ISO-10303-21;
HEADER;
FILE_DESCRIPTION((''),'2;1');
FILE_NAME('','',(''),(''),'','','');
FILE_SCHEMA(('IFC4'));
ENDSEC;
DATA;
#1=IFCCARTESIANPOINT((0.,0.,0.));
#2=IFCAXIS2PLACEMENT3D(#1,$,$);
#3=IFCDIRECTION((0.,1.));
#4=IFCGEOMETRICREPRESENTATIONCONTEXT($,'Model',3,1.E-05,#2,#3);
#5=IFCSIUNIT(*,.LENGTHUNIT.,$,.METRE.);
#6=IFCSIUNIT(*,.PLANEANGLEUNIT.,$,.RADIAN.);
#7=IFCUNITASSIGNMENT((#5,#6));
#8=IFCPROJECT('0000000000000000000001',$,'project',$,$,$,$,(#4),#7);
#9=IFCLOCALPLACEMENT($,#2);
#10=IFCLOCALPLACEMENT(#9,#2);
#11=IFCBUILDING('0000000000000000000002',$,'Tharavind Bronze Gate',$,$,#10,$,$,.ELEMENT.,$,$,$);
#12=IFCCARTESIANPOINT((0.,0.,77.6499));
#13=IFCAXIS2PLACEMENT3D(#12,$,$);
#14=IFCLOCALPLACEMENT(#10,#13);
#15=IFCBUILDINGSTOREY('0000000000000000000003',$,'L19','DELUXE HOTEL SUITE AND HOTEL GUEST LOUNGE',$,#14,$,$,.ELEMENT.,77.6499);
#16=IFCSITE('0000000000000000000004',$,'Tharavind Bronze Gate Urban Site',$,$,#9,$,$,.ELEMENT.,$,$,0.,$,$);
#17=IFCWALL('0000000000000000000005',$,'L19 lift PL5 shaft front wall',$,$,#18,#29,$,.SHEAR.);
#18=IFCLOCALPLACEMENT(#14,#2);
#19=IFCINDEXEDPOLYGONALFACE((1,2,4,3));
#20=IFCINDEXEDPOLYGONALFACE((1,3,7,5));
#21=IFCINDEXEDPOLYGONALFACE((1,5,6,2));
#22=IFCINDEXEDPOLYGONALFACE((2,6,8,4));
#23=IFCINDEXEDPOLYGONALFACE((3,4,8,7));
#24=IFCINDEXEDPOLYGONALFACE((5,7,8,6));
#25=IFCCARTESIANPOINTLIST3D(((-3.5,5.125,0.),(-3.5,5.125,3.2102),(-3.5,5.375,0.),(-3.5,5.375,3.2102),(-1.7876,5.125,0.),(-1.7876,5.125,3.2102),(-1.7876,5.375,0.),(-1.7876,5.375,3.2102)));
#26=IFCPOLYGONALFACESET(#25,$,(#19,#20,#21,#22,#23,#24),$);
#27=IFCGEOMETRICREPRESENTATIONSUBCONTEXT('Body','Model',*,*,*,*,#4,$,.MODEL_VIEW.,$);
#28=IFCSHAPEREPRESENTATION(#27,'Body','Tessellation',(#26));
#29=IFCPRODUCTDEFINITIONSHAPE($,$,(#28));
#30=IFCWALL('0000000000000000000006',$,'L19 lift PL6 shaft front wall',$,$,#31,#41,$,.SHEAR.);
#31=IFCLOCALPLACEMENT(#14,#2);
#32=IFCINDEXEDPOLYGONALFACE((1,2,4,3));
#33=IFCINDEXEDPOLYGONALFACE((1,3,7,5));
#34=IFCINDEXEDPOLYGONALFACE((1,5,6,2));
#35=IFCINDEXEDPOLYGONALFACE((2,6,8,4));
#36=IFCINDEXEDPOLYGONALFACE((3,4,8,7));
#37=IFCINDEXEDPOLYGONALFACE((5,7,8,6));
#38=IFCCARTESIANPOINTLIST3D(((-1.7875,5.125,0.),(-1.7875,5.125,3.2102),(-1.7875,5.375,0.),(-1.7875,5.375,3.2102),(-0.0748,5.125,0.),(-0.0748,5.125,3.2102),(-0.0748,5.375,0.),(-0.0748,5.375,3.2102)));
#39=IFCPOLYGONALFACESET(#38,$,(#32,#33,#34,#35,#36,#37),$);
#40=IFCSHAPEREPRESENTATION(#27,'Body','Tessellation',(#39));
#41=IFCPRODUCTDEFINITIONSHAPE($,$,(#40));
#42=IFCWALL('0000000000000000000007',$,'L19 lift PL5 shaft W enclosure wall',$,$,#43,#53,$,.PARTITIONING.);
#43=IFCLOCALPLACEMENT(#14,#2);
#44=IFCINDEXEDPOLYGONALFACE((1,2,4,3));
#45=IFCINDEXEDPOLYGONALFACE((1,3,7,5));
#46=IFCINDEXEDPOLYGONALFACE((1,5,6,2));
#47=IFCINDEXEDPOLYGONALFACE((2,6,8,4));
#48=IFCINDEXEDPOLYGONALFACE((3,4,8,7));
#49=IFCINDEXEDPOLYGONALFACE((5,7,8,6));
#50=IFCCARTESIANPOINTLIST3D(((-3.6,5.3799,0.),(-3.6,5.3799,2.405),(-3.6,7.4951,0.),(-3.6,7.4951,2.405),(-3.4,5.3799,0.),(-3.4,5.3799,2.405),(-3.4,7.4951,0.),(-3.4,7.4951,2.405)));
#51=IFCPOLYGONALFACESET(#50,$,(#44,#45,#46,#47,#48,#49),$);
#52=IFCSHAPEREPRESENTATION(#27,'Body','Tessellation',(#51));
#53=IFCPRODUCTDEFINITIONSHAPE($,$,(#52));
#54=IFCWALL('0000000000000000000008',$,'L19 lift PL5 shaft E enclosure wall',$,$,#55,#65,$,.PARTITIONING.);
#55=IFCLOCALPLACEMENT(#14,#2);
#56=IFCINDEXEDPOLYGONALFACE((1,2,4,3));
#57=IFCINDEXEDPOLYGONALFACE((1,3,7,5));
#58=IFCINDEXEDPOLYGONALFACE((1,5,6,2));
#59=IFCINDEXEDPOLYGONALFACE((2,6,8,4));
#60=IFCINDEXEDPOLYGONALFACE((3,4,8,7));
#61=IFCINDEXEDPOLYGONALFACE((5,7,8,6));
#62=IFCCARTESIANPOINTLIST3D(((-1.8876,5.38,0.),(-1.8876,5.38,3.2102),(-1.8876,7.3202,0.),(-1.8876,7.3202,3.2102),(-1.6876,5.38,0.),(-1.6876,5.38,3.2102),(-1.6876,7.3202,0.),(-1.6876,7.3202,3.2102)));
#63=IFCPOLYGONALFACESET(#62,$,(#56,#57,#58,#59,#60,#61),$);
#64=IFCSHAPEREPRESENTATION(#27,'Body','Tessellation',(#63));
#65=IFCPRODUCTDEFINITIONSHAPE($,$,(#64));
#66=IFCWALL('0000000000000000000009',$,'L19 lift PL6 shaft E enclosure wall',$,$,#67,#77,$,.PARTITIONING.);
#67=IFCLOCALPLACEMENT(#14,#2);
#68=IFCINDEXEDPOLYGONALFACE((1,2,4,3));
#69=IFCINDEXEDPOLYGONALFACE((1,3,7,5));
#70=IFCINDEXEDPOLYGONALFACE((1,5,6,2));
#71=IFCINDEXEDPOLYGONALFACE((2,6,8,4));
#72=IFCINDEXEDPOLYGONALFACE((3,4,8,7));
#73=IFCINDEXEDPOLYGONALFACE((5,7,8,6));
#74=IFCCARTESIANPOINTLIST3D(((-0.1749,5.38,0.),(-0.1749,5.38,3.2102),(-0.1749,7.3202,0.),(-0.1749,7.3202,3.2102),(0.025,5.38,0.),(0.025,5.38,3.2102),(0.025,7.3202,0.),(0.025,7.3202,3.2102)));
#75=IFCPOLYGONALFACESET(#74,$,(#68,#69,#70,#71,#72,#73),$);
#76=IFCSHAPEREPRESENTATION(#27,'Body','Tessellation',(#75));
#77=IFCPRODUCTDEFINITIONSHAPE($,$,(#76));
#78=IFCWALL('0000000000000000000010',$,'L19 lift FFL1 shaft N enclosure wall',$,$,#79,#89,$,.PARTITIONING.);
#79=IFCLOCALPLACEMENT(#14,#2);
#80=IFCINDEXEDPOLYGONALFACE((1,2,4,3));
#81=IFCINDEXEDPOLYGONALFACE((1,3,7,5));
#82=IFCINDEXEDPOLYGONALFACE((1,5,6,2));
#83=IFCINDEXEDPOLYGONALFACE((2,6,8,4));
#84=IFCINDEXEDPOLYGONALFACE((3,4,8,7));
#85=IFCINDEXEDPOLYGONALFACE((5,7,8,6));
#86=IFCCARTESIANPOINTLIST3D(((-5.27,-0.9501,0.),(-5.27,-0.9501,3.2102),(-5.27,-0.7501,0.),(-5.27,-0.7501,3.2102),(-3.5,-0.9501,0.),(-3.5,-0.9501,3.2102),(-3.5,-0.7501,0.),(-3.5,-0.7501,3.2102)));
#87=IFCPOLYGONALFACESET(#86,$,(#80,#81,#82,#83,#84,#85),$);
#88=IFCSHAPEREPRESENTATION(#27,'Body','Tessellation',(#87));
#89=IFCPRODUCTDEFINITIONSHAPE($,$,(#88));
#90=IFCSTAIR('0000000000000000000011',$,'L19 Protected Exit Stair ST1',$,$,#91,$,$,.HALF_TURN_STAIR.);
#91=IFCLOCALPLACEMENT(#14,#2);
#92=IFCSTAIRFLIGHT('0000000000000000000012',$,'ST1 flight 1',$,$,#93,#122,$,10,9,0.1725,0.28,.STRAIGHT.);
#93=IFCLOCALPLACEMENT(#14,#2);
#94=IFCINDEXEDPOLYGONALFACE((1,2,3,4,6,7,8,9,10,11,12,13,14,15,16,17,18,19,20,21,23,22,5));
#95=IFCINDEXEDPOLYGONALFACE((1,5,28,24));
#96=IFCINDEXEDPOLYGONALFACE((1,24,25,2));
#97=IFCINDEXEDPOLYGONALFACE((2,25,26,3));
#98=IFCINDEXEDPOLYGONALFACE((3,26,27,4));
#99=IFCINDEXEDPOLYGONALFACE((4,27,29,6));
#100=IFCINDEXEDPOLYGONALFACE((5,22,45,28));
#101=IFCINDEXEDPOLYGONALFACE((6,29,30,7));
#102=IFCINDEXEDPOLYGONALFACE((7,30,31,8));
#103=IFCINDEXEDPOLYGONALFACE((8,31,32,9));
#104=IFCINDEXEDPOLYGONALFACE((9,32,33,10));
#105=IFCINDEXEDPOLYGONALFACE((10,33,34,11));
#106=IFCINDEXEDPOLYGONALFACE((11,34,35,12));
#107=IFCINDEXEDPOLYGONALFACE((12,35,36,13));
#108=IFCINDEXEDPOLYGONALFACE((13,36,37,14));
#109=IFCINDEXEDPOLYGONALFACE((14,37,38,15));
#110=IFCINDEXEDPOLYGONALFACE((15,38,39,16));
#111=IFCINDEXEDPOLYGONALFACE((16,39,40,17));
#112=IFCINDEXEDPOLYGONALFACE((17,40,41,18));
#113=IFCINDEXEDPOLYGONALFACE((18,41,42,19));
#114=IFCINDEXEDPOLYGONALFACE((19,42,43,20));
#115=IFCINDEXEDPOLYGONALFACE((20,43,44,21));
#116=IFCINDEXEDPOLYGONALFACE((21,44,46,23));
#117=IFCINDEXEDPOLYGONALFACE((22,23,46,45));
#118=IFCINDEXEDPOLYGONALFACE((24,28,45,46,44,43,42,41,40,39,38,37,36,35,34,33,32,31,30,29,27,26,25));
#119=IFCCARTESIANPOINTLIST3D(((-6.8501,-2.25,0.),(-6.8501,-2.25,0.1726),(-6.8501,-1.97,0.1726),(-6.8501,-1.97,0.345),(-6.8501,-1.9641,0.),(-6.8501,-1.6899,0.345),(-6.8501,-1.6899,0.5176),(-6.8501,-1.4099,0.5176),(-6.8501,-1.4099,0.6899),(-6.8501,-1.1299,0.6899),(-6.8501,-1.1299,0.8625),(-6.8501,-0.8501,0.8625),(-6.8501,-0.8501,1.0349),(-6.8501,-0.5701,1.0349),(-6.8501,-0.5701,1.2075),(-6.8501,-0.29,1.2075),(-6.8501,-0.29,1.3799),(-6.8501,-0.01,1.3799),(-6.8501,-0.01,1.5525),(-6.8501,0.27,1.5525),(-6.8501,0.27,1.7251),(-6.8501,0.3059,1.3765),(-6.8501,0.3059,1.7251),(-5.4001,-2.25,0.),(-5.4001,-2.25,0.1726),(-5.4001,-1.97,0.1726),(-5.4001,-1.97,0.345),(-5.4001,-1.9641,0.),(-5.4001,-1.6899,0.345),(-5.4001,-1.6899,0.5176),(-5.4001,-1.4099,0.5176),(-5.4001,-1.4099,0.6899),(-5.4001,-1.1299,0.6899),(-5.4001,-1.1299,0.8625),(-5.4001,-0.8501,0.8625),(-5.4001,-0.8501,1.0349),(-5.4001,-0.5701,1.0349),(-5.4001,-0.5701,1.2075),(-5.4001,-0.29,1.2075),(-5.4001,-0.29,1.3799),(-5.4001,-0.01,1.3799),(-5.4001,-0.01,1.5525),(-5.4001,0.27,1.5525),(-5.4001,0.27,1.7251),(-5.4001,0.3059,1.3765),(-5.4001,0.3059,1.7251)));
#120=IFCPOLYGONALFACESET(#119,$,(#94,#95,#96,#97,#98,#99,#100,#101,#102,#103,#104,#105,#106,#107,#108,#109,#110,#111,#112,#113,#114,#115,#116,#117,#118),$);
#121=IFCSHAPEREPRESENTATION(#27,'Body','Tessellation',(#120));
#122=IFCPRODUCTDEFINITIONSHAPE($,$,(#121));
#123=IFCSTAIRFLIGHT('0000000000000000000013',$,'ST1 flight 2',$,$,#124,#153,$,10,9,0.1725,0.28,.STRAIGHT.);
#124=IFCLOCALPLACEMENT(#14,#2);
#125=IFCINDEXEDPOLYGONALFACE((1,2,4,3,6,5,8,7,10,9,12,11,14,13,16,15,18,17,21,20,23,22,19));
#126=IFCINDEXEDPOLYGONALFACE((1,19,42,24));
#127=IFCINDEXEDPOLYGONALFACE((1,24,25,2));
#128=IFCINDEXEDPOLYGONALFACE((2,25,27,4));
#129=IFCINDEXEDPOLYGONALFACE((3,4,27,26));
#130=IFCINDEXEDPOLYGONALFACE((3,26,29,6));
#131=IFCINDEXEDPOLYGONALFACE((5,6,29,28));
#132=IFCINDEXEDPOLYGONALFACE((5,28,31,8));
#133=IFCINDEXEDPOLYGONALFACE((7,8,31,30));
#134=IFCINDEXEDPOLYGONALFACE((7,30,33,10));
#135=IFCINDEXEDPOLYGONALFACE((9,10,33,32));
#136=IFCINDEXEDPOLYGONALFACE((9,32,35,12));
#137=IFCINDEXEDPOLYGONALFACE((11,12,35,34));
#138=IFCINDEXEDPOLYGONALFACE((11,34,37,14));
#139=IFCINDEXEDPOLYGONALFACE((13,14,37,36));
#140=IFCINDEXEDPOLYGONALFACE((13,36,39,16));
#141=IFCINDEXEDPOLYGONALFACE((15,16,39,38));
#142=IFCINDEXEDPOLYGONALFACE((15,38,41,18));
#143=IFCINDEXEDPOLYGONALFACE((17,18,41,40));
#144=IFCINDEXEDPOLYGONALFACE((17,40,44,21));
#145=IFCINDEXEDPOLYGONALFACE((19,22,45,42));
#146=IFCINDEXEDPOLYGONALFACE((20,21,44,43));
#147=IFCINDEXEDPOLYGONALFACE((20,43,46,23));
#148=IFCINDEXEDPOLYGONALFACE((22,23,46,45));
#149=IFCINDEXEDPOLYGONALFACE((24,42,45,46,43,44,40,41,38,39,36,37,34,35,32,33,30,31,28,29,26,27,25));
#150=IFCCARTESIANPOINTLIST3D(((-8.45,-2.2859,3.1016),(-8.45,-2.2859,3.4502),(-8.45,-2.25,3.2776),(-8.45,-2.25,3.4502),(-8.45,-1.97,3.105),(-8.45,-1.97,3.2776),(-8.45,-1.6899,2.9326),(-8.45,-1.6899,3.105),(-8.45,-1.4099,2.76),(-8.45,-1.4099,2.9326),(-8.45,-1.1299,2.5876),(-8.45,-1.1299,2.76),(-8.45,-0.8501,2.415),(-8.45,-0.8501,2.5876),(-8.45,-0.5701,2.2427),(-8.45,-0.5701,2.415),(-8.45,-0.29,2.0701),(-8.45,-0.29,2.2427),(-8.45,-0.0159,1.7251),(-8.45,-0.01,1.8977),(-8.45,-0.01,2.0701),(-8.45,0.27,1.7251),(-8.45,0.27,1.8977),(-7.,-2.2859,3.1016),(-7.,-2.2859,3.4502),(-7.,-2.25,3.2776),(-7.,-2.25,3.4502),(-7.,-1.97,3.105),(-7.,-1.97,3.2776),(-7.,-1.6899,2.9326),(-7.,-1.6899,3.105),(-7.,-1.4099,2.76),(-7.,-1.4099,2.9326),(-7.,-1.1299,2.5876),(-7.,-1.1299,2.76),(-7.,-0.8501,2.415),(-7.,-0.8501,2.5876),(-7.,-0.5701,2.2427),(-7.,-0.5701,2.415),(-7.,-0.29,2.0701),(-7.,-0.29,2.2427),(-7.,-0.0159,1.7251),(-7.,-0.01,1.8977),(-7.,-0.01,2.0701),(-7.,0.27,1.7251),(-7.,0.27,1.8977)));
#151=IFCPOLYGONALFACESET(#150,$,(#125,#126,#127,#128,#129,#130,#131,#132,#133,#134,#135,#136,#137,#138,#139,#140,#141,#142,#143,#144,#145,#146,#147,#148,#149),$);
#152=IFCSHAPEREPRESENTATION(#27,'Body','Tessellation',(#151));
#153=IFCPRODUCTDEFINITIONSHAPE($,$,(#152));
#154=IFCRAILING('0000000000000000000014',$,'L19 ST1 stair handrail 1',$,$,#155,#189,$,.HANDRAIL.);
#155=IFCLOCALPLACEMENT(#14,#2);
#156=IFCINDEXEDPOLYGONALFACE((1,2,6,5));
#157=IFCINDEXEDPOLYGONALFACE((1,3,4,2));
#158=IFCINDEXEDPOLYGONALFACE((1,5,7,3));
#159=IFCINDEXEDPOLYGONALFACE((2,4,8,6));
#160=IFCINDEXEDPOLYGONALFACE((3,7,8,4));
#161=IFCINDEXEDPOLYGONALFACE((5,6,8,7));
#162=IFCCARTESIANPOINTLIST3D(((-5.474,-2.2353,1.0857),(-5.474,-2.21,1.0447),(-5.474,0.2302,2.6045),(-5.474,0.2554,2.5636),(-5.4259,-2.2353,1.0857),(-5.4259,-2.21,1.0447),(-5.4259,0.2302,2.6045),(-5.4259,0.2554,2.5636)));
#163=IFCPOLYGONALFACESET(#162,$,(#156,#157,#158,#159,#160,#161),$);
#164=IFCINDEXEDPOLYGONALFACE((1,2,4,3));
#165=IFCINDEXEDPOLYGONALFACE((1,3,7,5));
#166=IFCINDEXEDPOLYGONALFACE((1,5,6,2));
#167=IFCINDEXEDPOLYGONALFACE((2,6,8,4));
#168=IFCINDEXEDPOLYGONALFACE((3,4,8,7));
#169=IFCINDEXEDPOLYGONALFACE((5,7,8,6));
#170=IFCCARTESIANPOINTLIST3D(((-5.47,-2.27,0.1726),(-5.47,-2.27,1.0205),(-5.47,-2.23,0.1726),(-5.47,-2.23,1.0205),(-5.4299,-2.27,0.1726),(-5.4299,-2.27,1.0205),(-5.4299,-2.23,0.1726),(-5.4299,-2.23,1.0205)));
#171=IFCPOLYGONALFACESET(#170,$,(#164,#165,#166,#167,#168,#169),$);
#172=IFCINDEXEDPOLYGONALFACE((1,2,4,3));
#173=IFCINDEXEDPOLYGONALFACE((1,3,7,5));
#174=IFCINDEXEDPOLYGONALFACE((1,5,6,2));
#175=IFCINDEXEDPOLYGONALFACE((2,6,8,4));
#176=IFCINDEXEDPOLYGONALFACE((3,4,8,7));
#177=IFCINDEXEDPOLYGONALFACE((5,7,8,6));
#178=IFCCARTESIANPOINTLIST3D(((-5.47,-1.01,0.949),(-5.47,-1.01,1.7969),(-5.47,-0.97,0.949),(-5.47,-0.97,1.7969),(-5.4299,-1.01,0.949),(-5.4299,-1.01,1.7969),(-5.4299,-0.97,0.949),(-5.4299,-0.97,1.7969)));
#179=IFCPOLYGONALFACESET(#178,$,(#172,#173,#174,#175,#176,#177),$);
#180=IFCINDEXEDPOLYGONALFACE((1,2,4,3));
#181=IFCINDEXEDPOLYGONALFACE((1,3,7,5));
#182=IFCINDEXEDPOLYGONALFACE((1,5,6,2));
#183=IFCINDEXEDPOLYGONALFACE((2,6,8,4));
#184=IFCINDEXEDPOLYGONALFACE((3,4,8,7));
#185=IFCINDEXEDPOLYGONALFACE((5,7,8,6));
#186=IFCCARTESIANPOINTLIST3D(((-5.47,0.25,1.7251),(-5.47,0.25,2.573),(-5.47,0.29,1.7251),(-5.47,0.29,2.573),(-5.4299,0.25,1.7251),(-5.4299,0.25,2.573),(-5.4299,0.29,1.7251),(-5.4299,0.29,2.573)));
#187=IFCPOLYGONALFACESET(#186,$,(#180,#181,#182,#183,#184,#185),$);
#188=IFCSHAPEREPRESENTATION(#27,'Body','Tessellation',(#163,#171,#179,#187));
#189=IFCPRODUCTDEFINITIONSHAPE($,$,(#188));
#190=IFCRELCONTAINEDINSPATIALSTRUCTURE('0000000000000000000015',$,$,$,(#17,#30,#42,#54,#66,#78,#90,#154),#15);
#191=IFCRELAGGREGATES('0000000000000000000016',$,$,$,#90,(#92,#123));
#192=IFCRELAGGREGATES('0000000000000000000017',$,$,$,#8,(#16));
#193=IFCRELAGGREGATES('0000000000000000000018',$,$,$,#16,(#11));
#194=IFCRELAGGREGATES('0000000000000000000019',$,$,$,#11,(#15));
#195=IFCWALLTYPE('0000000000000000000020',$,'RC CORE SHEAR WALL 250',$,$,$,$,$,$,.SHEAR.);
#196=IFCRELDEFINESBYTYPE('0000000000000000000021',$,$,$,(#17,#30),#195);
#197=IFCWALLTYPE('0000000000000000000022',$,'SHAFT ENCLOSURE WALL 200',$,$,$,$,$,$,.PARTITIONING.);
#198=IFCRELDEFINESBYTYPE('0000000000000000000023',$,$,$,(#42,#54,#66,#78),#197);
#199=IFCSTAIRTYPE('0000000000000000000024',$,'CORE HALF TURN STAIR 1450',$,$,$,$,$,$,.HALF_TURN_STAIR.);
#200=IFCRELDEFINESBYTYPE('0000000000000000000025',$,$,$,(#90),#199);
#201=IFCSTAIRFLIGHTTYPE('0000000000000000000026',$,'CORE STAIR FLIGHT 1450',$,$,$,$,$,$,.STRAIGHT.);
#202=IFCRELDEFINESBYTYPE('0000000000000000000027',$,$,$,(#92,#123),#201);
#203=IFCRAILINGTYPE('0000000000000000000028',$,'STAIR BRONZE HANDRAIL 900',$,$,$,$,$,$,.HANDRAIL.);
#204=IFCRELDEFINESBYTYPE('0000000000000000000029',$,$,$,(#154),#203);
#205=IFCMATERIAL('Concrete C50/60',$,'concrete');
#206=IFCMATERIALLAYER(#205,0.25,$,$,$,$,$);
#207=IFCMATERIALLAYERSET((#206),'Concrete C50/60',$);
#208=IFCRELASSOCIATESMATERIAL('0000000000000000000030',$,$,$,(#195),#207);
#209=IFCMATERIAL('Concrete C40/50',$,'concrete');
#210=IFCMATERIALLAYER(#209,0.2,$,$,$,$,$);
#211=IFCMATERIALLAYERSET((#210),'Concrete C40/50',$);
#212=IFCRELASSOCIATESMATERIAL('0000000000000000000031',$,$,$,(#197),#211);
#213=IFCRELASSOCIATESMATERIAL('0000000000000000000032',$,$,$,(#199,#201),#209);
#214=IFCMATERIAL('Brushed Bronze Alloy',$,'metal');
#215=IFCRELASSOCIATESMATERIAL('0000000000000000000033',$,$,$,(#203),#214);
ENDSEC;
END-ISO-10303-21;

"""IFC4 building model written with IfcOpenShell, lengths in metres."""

from ifc_helpers import new_model, si_unit, direction, frame, frame_2d, origin, origin_2d, place, context, subcontext, project, spatial, polyline, rectangle, outline, extrude, material, layer, layer_set, type_object, element, aggregate, save


model = new_model("IFC4")

# Units and contexts
model_context = context("Model", 3, precision=1e-05, world=origin(), true_north=direction((0.0, 1.0)))
body_context = subcontext(model_context, "Body", "Model", "MODEL_VIEW")
ifc_project = project(units=[si_unit("LENGTHUNIT", "METRE"), si_unit("PLANEANGLEUNIT", "RADIAN")], contexts=[model_context])

# Site, building, storey
site_placement = place(None, origin())
site = spatial("IfcSite", under=ifc_project, at=site_placement, Name="Tharavind Bronze Gate Urban Site", CompositionType="ELEMENT", RefElevation=0.0)
building_placement = place(site_placement, origin())
building = spatial("IfcBuilding", under=site, at=building_placement, Name="Tharavind Bronze Gate", CompositionType="ELEMENT")
storey_placement = place(building_placement, frame((0.0, 0.0, 77.6499)))
storey = spatial("IfcBuildingStorey", under=building, at=storey_placement, Name="L19", Description="DELUXE HOTEL SUITE AND HOTEL GUEST LOUNGE", CompositionType="ELEMENT", Elevation=77.6499)

# Walls
ifc_material_1 = material(Name="Concrete C50/60", Category="concrete")
ifc_layer_1 = layer(ifc_material_1, 0.25)
ifc_layer_set_1 = layer_set([ifc_layer_1], Name="Concrete C50/60")
wall_type_1 = type_object("IfcWallType", Name="RC CORE SHEAR WALL 250", PredefinedType="SHEAR", material=ifc_layer_set_1)
wall_1_placement = place(storey_placement, frame((-3.5, 5.25, 0.0), z_axis=(0.0, 0.0, 1.0), x_axis=(1.0, 0.0, 0.0)))
element("IfcWall", 1, at=wall_1_placement, inside=storey, type_object=wall_type_1, Name="L19 lift PL5 shaft front wall", PredefinedType="SHEAR", context=body_context, shape_type="SweptSolid", body=[
    extrude(rectangle(XDim=1.7124, YDim=0.25, at=frame_2d((0.8562, 0.0))), origin(), (0.0, 0.0, 1.0), 3.2102),
])
wall_2_placement = place(storey_placement, frame((-1.7876, 5.25, 0.0), z_axis=(0.0, 0.0, 1.0), x_axis=(1.0, 0.0, 0.0)))
element("IfcWall", 2, at=wall_2_placement, inside=storey, type_object=wall_type_1, Name="L19 lift PL6 shaft front wall", PredefinedType="SHEAR", context=body_context, shape_type="SweptSolid", body=[
    extrude(rectangle(XDim=1.7126, YDim=0.25, at=frame_2d((0.8564, 0.0))), origin(), (0.0, 0.0, 1.0), 3.2102),
])
ifc_material_2 = material(Name="Concrete C40/50", Category="concrete")
ifc_layer_2 = layer(ifc_material_2, 0.2)
ifc_layer_set_2 = layer_set([ifc_layer_2], Name="Concrete C40/50")
wall_type_2 = type_object("IfcWallType", Name="SHAFT ENCLOSURE WALL 200", PredefinedType="PARTITIONING", material=ifc_layer_set_2)
wall_3_placement = place(storey_placement, frame((-3.5, 5.3799, 0.0), z_axis=(0.0, 0.0, 1.0), x_axis=(0.0, 1.0, 0.0)))
element("IfcWall", 3, at=wall_3_placement, inside=storey, type_object=wall_type_2, Name="L19 lift PL5 shaft W enclosure wall", PredefinedType="PARTITIONING", context=body_context, shape_type="SweptSolid", body=[
    extrude(rectangle(XDim=2.1152, YDim=0.2, at=frame_2d((1.0576, 0.0))), origin(), (0.0, 0.0, 1.0), 2.405),
])
for number, where, z_axis, x_axis, name in (
    (4, (-1.7876, 5.3799, 0.0), (0.0, 0.0, 1.0), (0.0, 1.0, 0.0), "L19 lift PL5 shaft E enclosure wall"),
    (5, (-0.075, 5.3799, 0.0), (0.0, 0.0, 1.0), (0.0, 1.0, 0.0), "L19 lift PL6 shaft E enclosure wall"),
):
    element("IfcWall", number, at=place(storey_placement, frame(where, z_axis=z_axis, x_axis=x_axis)), inside=storey, type_object=wall_type_2, Name=name, PredefinedType="PARTITIONING", context=body_context, shape_type="SweptSolid", body=[
        extrude(rectangle(XDim=1.9402, YDim=0.2, at=frame_2d((0.9702, 0.0))), origin(), (0.0, 0.0, 1.0), 3.2102),
    ])
wall_4_placement = place(storey_placement, frame((-5.27, -0.8501, 0.0), z_axis=(0.0, 0.0, 1.0), x_axis=(1.0, 0.0, 0.0)))
element("IfcWall", 6, at=wall_4_placement, inside=storey, type_object=wall_type_2, Name="L19 lift FFL1 shaft N enclosure wall", PredefinedType="PARTITIONING", context=body_context, shape_type="SweptSolid", body=[
    extrude(rectangle(XDim=1.77, YDim=0.2, at=frame_2d((0.885, 0.0))), origin(), (0.0, 0.0, 1.0), 3.2102),
])

# Stair, stair flights
stair_type = type_object("IfcStairType", Name="CORE HALF TURN STAIR 1450", PredefinedType="HALF_TURN_STAIR", material=ifc_material_2)
stair_placement = place(storey_placement, origin())
stair = element("IfcStair", 7, at=stair_placement, inside=storey, type_object=stair_type, Name="L19 Protected Exit Stair ST1", PredefinedType="HALF_TURN_STAIR")
stair_flight_type = type_object("IfcStairFlightType", Name="CORE STAIR FLIGHT 1450", PredefinedType="STRAIGHT", material=ifc_material_2)
stair_flight_1_placement = place(storey_placement, frame((-6.125, -2.25, 0.0), z_axis=(0.0, 0.0, 1.0), x_axis=(0.0, 1.0, 0.0)))
stair_flight_1 = element("IfcStairFlight", 8, at=stair_flight_1_placement, type_object=stair_flight_type, Name="ST1 flight 1", NumberOfRisers=10, NumberOfTreads=9, PredefinedType="STRAIGHT", RiserHeight=0.1725, TreadLength=0.28, context=body_context, shape_type="SweptSolid", body=[
    extrude(outline(polyline([(0.0, 0.0), (0.0, 0.1726), (0.28, 0.1726), (0.28, 0.345), (0.5601, 0.345), (0.5601, 0.5176), (0.8401, 0.5176), (0.8401, 0.6899), (1.1201, 0.6899), (1.1201, 0.8625), (1.3999, 0.8625), (1.3999, 1.0349), (1.6799, 1.0349), (1.6799, 1.2075), (1.96, 1.2075), (1.96, 1.3799), (2.24, 1.3799), (2.24, 1.5525), (2.52, 1.5525), (2.52, 1.7251), (2.5559, 1.7251), (2.5559, 1.3765), (0.2859, 0.0), (0.0, 0.0)])), frame((0.0, 0.7251, 0.0), z_axis=(0.0, -1.0, 0.0), x_axis=(1.0, 0.0, 0.0)), (0.0, 0.0, 1.0), 1.45),
])
stair_flight_2_placement = place(storey_placement, frame((-7.7251, 0.27, 1.7251), z_axis=(0.0, 0.0, 1.0), x_axis=(0.0, -1.0, 0.0)))
stair_flight_2 = element("IfcStairFlight", 9, at=stair_flight_2_placement, type_object=stair_flight_type, Name="ST1 flight 2", NumberOfRisers=10, NumberOfTreads=9, PredefinedType="STRAIGHT", RiserHeight=0.1725, TreadLength=0.28, context=body_context, shape_type="SweptSolid", body=[
    extrude(outline(polyline([(0.0, 0.0), (0.0, 0.1726), (0.28, 0.1726), (0.28, 0.345), (0.5601, 0.345), (0.5601, 0.5176), (0.8401, 0.5176), (0.8401, 0.6899), (1.1201, 0.6899), (1.1201, 0.8625), (1.3999, 0.8625), (1.3999, 1.0349), (1.6799, 1.0349), (1.6799, 1.2075), (1.96, 1.2075), (1.96, 1.3799), (2.24, 1.3799), (2.24, 1.5525), (2.52, 1.5525), (2.52, 1.7251), (2.5559, 1.7251), (2.5559, 1.3765), (0.2859, 0.0), (0.0, 0.0)])), frame((0.0, 0.7251, 0.0), z_axis=(0.0, -1.0, 0.0), x_axis=(1.0, 0.0, 0.0)), (0.0, 0.0, 1.0), 1.45),
])
aggregate(stair, [stair_flight_1, stair_flight_2])

# Railing
ifc_material_3 = material(Name="Brushed Bronze Alloy", Category="metal")
railing_type_1 = type_object("IfcRailingType", Name="STAIR BRONZE HANDRAIL 900", PredefinedType="HANDRAIL", material=ifc_material_3)
railing_1_placement = place(storey_placement, frame((-5.45, -2.25, 0.1726)))
element("IfcRailing", 10, at=railing_1_placement, inside=storey, type_object=railing_type_1, Name="L19 ST1 stair handrail 1", PredefinedType="HANDRAIL", context=body_context, shape_type="SweptSolid", body=[
    extrude(rectangle(XDim=0.0481, YDim=0.0481, at=origin_2d()), frame((0.0, 0.0273, 0.8926), z_axis=(0.0, 0.8514, 0.524516), x_axis=(-1.0, 0.0, 0.0)), (0.0, 0.0, 1.0), 2.8958),
    extrude(rectangle(XDim=0.04, YDim=0.04, at=origin_2d()), origin(), (0.0, 0.0, 1.0), 0.8479),
    extrude(rectangle(XDim=0.04, YDim=0.04, at=origin_2d()), frame((0.0, 1.26, 0.7764)), (0.0, 0.0, 1.0), 0.8479),
    extrude(rectangle(XDim=0.04, YDim=0.04, at=origin_2d()), frame((0.0, 2.52, 1.5525)), (0.0, 0.0, 1.0), 0.8479),
])

save(model, "model.ifc")
